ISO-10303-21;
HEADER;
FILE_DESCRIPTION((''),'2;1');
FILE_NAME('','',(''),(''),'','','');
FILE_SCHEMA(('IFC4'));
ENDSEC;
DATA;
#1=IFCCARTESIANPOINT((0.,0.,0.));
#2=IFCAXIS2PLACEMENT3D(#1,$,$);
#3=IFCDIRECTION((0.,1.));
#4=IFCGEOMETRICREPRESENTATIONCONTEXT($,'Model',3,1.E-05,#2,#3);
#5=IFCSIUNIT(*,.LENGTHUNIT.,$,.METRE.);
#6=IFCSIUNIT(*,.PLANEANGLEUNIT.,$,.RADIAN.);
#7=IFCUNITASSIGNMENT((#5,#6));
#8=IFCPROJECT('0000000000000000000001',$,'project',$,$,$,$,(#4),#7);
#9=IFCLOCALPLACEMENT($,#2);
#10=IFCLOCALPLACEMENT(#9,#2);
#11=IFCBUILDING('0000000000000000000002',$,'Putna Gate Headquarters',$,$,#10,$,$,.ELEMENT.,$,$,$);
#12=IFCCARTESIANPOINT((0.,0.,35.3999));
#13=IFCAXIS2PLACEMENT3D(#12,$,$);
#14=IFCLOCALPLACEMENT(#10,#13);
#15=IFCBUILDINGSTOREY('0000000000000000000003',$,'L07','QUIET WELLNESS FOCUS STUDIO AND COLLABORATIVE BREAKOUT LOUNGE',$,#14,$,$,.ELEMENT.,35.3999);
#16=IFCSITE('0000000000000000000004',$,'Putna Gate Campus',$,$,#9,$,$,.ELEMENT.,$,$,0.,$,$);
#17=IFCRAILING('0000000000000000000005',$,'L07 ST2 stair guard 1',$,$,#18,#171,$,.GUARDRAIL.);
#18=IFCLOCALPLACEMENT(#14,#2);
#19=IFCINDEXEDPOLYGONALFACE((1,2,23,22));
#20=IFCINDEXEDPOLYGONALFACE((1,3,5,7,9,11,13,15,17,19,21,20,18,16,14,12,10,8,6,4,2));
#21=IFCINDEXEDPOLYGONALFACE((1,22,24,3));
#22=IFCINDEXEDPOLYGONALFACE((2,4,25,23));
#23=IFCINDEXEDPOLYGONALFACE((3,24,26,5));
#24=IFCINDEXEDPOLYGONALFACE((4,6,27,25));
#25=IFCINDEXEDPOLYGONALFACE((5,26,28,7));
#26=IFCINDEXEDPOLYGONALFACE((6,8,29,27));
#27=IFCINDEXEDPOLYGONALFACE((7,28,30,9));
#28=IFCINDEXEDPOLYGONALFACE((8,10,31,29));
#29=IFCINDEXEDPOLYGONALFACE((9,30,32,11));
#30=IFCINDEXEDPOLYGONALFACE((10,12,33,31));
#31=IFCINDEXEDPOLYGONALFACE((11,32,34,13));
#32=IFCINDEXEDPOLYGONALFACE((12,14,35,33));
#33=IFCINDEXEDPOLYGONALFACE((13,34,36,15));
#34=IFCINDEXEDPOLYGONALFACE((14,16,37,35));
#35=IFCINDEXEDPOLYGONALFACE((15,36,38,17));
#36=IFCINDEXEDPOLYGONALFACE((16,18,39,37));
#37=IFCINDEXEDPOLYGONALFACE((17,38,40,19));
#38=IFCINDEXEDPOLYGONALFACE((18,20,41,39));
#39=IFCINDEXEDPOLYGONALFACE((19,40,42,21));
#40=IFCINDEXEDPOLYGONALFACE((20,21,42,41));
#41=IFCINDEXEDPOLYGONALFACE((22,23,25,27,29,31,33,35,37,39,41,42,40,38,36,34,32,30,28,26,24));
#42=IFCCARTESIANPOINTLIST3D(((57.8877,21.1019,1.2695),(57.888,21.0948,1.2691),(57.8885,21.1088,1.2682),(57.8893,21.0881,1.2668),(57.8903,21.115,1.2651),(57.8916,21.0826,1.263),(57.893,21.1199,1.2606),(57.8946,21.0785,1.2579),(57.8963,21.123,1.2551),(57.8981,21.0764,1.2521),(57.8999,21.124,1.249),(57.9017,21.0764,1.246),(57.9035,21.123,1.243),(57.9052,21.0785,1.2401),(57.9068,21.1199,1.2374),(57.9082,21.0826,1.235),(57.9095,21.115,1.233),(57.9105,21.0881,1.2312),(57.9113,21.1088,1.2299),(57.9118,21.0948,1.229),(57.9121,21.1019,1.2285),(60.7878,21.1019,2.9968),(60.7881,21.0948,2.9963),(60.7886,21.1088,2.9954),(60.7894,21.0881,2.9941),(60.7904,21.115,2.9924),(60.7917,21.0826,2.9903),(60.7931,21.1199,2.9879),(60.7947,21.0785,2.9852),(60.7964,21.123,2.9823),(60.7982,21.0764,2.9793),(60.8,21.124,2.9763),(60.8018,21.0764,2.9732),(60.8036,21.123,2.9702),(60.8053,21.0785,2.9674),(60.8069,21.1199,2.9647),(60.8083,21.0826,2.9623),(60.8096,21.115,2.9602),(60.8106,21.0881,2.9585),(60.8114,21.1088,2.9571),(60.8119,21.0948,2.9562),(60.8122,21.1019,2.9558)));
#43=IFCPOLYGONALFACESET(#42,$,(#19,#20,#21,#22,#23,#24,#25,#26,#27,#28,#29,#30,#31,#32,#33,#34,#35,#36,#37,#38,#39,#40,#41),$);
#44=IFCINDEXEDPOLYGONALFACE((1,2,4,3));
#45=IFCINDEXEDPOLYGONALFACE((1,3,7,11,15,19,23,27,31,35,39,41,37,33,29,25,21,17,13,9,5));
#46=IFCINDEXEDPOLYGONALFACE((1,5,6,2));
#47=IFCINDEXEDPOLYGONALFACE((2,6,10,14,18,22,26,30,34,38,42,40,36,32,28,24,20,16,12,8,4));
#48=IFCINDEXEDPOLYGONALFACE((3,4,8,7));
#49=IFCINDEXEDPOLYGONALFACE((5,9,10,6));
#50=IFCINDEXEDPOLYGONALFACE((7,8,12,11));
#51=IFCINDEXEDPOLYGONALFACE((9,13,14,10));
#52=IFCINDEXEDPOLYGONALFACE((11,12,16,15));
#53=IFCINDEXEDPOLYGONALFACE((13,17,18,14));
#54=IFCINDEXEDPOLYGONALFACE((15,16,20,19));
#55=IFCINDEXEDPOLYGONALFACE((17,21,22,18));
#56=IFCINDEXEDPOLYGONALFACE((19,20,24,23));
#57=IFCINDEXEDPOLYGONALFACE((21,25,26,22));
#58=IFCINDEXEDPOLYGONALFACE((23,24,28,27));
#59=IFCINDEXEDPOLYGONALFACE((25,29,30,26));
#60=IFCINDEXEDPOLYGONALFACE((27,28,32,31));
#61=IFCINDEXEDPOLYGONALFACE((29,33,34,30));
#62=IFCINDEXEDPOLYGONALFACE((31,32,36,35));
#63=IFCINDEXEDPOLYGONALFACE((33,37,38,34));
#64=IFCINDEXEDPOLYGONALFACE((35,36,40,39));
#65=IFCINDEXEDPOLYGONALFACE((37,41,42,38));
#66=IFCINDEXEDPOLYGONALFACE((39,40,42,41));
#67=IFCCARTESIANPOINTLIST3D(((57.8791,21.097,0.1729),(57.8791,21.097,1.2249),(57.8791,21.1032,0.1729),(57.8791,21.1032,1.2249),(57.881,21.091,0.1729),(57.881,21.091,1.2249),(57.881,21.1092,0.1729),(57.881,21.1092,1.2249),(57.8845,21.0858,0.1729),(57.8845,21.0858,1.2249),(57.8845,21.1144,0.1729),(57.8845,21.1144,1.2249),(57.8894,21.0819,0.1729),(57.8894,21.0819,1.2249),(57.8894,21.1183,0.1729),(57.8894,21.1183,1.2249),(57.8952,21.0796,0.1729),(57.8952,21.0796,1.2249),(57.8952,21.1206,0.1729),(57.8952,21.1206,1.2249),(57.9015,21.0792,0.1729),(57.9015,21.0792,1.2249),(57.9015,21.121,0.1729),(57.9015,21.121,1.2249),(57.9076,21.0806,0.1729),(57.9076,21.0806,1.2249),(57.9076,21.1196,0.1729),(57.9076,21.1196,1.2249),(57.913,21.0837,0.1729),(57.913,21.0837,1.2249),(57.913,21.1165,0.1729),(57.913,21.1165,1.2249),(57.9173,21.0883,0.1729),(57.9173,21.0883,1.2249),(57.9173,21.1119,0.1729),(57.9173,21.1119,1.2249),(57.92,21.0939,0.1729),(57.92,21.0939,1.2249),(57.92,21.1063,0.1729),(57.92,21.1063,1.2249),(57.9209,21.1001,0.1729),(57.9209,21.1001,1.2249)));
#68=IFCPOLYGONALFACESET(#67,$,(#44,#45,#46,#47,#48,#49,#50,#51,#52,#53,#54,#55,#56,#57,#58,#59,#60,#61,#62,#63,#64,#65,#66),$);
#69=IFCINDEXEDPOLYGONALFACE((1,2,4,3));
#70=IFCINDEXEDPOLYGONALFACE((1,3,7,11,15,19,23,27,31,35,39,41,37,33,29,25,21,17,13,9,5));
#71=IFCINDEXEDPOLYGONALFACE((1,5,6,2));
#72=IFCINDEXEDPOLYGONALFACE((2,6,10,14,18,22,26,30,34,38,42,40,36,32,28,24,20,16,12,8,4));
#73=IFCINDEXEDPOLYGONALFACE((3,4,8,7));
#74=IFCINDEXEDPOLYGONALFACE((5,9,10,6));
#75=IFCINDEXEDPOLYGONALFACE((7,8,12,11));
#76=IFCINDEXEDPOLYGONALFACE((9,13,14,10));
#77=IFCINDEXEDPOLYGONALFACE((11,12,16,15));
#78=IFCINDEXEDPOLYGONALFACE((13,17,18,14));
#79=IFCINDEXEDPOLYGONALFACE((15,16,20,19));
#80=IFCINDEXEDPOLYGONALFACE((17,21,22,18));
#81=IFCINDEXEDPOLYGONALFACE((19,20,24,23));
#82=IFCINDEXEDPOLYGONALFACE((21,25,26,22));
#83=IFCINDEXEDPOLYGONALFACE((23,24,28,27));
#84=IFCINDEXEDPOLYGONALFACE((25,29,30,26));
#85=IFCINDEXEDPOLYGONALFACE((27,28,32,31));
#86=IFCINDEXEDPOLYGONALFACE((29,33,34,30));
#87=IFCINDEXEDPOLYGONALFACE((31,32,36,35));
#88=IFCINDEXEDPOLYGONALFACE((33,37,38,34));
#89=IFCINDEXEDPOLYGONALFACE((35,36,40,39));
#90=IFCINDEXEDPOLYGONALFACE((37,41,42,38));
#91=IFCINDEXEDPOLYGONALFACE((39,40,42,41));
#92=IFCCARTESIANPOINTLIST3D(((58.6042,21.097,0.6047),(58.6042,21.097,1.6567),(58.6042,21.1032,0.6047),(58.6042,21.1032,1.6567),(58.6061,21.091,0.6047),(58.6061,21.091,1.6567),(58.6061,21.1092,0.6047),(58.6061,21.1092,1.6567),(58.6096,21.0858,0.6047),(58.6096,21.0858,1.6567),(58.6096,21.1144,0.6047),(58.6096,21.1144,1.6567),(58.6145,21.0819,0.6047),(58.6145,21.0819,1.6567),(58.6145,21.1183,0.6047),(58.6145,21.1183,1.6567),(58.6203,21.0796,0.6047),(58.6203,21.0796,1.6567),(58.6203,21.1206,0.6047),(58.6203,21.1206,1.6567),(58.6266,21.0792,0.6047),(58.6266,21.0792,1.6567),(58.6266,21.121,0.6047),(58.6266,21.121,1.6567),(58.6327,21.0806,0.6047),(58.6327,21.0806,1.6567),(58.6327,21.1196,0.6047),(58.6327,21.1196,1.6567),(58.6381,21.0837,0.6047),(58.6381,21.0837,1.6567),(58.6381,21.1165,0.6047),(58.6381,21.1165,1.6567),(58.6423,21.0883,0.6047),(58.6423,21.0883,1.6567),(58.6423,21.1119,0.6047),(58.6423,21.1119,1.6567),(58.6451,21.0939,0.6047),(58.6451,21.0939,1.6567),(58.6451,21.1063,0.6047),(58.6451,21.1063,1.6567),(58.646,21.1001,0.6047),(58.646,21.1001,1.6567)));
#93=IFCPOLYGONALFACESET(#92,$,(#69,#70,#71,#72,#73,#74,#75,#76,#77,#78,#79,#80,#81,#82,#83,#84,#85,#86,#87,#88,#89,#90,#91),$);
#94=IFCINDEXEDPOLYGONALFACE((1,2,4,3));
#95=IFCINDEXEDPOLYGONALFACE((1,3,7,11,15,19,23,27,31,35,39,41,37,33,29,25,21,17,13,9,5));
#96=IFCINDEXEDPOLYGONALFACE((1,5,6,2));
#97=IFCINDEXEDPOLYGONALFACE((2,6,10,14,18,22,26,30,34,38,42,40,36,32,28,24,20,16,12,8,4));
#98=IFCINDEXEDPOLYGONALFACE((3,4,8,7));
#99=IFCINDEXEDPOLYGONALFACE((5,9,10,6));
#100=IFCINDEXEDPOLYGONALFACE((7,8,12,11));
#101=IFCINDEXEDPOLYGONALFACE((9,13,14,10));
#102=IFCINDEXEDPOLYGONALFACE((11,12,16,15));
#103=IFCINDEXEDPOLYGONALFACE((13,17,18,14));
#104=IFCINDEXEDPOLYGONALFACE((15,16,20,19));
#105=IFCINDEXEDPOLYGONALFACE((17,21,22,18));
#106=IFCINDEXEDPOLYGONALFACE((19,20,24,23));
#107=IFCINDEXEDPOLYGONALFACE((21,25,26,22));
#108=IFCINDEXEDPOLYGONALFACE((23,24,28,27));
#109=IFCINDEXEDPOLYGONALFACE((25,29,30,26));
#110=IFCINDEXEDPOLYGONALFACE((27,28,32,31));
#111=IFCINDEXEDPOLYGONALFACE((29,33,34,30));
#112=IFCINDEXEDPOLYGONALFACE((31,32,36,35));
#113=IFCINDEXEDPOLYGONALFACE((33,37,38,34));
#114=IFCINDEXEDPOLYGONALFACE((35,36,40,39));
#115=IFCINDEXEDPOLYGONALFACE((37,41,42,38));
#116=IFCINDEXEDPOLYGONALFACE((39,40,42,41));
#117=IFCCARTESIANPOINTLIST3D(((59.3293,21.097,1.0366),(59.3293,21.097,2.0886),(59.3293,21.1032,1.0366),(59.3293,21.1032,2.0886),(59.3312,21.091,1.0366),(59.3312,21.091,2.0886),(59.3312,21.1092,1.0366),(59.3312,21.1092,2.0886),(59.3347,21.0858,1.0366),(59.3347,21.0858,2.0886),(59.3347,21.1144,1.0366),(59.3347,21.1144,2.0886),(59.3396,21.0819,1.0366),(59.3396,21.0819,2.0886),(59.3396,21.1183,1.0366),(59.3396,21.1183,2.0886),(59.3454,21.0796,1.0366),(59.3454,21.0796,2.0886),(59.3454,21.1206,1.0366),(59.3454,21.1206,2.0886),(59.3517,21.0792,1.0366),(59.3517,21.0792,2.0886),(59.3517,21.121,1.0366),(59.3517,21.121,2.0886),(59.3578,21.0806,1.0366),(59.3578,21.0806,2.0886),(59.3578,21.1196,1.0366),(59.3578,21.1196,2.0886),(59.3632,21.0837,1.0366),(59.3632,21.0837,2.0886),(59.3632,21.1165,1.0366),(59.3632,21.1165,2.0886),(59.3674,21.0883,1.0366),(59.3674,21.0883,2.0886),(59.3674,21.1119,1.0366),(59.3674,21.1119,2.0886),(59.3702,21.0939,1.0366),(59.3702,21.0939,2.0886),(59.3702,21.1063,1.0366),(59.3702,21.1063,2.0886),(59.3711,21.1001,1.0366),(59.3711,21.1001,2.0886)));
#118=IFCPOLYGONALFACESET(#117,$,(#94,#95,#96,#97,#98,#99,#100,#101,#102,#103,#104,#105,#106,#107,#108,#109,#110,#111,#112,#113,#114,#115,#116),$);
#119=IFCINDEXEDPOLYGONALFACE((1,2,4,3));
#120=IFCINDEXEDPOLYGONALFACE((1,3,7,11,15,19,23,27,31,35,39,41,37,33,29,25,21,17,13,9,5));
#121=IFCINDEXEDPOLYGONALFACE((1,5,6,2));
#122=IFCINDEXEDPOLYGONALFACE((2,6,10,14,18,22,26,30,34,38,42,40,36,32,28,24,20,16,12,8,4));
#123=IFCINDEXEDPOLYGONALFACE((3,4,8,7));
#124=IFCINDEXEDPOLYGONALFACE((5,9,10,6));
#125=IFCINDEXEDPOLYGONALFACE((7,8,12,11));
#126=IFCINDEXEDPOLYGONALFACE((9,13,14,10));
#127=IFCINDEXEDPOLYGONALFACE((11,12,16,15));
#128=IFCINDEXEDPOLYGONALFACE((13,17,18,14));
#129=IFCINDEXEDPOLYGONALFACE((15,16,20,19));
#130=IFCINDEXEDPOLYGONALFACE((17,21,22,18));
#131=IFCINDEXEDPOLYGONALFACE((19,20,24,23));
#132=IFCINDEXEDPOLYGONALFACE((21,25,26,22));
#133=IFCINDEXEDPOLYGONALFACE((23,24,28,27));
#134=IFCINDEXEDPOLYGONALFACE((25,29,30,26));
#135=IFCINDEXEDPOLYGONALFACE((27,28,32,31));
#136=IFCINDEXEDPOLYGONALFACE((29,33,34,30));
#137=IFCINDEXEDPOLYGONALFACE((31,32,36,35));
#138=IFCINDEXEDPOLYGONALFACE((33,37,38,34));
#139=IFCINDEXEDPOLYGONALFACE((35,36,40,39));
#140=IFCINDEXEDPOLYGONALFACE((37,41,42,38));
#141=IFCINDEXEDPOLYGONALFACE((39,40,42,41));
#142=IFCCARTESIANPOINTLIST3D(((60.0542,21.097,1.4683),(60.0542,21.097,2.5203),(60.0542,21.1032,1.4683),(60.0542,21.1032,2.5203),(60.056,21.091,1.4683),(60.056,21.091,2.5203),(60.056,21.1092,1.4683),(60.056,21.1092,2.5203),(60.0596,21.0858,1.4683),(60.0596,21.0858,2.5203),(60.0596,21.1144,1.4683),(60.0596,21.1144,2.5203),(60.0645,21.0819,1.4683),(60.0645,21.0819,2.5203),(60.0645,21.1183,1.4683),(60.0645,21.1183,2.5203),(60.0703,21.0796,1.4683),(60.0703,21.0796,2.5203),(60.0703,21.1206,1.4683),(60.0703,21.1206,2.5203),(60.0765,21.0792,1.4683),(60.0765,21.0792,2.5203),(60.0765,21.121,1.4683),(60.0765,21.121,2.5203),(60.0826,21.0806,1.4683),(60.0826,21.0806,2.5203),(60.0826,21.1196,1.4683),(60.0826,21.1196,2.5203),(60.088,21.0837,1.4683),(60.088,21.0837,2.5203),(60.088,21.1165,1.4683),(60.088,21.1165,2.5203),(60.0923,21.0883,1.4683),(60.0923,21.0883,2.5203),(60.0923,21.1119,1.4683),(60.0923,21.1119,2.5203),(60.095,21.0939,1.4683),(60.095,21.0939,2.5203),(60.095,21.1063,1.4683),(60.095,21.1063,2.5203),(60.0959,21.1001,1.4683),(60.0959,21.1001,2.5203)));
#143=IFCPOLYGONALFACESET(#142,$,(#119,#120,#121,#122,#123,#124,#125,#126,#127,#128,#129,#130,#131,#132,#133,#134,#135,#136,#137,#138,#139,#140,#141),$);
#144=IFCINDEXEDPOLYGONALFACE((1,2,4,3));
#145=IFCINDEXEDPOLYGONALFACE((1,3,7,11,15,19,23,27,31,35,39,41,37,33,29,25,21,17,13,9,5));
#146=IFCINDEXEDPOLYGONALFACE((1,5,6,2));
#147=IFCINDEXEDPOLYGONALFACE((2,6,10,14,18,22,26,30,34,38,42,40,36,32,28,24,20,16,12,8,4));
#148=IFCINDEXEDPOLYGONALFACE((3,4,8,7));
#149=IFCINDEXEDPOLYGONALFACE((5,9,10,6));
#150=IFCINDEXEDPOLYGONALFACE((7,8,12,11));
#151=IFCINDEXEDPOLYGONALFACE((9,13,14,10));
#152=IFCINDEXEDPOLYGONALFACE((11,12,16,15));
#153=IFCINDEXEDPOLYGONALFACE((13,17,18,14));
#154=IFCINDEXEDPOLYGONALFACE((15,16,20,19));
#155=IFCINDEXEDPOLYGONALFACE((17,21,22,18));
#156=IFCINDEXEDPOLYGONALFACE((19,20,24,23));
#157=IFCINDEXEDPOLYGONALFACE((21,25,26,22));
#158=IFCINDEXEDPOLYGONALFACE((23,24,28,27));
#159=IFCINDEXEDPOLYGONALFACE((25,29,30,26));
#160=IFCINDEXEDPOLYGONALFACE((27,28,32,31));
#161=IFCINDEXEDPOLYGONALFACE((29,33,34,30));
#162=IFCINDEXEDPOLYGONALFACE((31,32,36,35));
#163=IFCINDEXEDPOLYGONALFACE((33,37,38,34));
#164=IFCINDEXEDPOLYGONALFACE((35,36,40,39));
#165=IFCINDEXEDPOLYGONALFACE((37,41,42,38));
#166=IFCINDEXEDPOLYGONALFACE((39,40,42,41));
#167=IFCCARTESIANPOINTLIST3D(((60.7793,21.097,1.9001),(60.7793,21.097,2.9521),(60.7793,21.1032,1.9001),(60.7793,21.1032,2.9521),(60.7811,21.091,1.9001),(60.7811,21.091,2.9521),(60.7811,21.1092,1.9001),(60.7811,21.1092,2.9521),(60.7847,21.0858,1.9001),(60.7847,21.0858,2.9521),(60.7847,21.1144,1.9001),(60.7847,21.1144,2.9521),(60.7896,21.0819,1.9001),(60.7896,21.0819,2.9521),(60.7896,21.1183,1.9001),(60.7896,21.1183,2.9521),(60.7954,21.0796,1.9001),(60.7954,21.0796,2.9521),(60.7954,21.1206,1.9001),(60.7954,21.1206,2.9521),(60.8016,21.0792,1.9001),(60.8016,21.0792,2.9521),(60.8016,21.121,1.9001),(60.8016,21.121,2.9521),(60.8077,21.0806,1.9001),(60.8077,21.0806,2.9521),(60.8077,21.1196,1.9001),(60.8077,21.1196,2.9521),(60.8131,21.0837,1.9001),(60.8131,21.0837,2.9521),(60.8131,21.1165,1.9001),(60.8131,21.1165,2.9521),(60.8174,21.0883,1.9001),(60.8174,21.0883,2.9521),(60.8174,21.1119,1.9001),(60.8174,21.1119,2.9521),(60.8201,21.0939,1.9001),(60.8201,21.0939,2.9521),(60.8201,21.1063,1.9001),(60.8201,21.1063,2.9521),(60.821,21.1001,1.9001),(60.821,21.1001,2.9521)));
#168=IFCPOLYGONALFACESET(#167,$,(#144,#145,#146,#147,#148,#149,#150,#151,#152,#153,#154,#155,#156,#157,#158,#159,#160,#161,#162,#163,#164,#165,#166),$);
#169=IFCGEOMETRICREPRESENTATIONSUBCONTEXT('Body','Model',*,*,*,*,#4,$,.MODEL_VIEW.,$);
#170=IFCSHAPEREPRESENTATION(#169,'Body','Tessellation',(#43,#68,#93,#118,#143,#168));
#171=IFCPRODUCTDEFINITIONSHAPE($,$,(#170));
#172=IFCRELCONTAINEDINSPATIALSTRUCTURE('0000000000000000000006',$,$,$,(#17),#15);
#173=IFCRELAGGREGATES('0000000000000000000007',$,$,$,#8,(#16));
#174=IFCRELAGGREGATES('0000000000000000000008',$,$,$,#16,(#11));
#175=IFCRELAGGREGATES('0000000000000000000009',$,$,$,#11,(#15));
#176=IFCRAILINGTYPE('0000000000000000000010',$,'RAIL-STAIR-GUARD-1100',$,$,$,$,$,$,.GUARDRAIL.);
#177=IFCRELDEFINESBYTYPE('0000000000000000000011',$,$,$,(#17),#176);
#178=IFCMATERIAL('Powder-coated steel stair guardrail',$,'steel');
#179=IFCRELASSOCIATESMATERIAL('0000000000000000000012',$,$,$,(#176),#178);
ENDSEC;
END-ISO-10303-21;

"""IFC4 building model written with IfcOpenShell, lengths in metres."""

from ifc_helpers import new_model, si_unit, direction, frame, origin, origin_2d, place, context, subcontext, project, spatial, circle, extrude, material, type_object, element, save


model = new_model("IFC4")

# Units and contexts
model_context = context("Model", 3, precision=1e-05, world=origin(), true_north=direction((0.0, 1.0)))
body_context = subcontext(model_context, "Body", "Model", "MODEL_VIEW")
ifc_project = project(units=[si_unit("LENGTHUNIT", "METRE"), si_unit("PLANEANGLEUNIT", "RADIAN")], contexts=[model_context])

# Site, building, storey
site_placement = place(None, origin())
site = spatial("IfcSite", under=ifc_project, at=site_placement, Name="Putna Gate Campus", CompositionType="ELEMENT", RefElevation=0.0)
building_placement = place(site_placement, origin())
building = spatial("IfcBuilding", under=site, at=building_placement, Name="Putna Gate Headquarters", CompositionType="ELEMENT")
storey_placement = place(building_placement, frame((0.0, 0.0, 35.3999)))
storey = spatial("IfcBuildingStorey", under=building, at=storey_placement, Name="L07", Description="QUIET WELLNESS FOCUS STUDIO AND COLLABORATIVE BREAKOUT LOUNGE", CompositionType="ELEMENT", Elevation=35.3999)

# Railing
ifc_material_1 = material(Name="Powder-coated steel stair guardrail", Category="steel")
railing_type_1 = type_object("IfcRailingType", Name="RAIL-STAIR-GUARD-1100", PredefinedType="GUARDRAIL", material=ifc_material_1)
railing_1_placement = place(storey_placement, frame((57.8999, 21.1001, 0.1729)))
element("IfcRailing", 1, at=railing_1_placement, inside=storey, type_object=railing_type_1, Name="L07 ST2 stair guard 1", PredefinedType="GUARDRAIL", context=body_context, shape_type="SweptSolid", body=[
    extrude(circle(Radius=0.0239, at=origin_2d()), frame((0.0, 0.0, 1.0762), z_axis=(0.85916, 0.0, 0.511706), x_axis=(0.0, 1.0, 0.0)), (0.0, 0.0, 1.0), 3.3755),
    extrude(circle(Radius=0.021, at=origin_2d()), origin(), (0.0, 0.0, 1.0), 1.052),
    extrude(circle(Radius=0.021, at=origin_2d()), frame((0.7251, 0.0, 0.4319)), (0.0, 0.0, 1.0), 1.052),
    extrude(circle(Radius=0.021, at=origin_2d()), frame((1.4502, 0.0, 0.8638)), (0.0, 0.0, 1.0), 1.052),
    extrude(circle(Radius=0.021, at=origin_2d()), frame((2.175, 0.0, 1.2954)), (0.0, 0.0, 1.0), 1.052),
    extrude(circle(Radius=0.021, at=origin_2d()), frame((2.9001, 0.0, 1.7273)), (0.0, 0.0, 1.0), 1.052),
])

save(model, "model.ifc")
